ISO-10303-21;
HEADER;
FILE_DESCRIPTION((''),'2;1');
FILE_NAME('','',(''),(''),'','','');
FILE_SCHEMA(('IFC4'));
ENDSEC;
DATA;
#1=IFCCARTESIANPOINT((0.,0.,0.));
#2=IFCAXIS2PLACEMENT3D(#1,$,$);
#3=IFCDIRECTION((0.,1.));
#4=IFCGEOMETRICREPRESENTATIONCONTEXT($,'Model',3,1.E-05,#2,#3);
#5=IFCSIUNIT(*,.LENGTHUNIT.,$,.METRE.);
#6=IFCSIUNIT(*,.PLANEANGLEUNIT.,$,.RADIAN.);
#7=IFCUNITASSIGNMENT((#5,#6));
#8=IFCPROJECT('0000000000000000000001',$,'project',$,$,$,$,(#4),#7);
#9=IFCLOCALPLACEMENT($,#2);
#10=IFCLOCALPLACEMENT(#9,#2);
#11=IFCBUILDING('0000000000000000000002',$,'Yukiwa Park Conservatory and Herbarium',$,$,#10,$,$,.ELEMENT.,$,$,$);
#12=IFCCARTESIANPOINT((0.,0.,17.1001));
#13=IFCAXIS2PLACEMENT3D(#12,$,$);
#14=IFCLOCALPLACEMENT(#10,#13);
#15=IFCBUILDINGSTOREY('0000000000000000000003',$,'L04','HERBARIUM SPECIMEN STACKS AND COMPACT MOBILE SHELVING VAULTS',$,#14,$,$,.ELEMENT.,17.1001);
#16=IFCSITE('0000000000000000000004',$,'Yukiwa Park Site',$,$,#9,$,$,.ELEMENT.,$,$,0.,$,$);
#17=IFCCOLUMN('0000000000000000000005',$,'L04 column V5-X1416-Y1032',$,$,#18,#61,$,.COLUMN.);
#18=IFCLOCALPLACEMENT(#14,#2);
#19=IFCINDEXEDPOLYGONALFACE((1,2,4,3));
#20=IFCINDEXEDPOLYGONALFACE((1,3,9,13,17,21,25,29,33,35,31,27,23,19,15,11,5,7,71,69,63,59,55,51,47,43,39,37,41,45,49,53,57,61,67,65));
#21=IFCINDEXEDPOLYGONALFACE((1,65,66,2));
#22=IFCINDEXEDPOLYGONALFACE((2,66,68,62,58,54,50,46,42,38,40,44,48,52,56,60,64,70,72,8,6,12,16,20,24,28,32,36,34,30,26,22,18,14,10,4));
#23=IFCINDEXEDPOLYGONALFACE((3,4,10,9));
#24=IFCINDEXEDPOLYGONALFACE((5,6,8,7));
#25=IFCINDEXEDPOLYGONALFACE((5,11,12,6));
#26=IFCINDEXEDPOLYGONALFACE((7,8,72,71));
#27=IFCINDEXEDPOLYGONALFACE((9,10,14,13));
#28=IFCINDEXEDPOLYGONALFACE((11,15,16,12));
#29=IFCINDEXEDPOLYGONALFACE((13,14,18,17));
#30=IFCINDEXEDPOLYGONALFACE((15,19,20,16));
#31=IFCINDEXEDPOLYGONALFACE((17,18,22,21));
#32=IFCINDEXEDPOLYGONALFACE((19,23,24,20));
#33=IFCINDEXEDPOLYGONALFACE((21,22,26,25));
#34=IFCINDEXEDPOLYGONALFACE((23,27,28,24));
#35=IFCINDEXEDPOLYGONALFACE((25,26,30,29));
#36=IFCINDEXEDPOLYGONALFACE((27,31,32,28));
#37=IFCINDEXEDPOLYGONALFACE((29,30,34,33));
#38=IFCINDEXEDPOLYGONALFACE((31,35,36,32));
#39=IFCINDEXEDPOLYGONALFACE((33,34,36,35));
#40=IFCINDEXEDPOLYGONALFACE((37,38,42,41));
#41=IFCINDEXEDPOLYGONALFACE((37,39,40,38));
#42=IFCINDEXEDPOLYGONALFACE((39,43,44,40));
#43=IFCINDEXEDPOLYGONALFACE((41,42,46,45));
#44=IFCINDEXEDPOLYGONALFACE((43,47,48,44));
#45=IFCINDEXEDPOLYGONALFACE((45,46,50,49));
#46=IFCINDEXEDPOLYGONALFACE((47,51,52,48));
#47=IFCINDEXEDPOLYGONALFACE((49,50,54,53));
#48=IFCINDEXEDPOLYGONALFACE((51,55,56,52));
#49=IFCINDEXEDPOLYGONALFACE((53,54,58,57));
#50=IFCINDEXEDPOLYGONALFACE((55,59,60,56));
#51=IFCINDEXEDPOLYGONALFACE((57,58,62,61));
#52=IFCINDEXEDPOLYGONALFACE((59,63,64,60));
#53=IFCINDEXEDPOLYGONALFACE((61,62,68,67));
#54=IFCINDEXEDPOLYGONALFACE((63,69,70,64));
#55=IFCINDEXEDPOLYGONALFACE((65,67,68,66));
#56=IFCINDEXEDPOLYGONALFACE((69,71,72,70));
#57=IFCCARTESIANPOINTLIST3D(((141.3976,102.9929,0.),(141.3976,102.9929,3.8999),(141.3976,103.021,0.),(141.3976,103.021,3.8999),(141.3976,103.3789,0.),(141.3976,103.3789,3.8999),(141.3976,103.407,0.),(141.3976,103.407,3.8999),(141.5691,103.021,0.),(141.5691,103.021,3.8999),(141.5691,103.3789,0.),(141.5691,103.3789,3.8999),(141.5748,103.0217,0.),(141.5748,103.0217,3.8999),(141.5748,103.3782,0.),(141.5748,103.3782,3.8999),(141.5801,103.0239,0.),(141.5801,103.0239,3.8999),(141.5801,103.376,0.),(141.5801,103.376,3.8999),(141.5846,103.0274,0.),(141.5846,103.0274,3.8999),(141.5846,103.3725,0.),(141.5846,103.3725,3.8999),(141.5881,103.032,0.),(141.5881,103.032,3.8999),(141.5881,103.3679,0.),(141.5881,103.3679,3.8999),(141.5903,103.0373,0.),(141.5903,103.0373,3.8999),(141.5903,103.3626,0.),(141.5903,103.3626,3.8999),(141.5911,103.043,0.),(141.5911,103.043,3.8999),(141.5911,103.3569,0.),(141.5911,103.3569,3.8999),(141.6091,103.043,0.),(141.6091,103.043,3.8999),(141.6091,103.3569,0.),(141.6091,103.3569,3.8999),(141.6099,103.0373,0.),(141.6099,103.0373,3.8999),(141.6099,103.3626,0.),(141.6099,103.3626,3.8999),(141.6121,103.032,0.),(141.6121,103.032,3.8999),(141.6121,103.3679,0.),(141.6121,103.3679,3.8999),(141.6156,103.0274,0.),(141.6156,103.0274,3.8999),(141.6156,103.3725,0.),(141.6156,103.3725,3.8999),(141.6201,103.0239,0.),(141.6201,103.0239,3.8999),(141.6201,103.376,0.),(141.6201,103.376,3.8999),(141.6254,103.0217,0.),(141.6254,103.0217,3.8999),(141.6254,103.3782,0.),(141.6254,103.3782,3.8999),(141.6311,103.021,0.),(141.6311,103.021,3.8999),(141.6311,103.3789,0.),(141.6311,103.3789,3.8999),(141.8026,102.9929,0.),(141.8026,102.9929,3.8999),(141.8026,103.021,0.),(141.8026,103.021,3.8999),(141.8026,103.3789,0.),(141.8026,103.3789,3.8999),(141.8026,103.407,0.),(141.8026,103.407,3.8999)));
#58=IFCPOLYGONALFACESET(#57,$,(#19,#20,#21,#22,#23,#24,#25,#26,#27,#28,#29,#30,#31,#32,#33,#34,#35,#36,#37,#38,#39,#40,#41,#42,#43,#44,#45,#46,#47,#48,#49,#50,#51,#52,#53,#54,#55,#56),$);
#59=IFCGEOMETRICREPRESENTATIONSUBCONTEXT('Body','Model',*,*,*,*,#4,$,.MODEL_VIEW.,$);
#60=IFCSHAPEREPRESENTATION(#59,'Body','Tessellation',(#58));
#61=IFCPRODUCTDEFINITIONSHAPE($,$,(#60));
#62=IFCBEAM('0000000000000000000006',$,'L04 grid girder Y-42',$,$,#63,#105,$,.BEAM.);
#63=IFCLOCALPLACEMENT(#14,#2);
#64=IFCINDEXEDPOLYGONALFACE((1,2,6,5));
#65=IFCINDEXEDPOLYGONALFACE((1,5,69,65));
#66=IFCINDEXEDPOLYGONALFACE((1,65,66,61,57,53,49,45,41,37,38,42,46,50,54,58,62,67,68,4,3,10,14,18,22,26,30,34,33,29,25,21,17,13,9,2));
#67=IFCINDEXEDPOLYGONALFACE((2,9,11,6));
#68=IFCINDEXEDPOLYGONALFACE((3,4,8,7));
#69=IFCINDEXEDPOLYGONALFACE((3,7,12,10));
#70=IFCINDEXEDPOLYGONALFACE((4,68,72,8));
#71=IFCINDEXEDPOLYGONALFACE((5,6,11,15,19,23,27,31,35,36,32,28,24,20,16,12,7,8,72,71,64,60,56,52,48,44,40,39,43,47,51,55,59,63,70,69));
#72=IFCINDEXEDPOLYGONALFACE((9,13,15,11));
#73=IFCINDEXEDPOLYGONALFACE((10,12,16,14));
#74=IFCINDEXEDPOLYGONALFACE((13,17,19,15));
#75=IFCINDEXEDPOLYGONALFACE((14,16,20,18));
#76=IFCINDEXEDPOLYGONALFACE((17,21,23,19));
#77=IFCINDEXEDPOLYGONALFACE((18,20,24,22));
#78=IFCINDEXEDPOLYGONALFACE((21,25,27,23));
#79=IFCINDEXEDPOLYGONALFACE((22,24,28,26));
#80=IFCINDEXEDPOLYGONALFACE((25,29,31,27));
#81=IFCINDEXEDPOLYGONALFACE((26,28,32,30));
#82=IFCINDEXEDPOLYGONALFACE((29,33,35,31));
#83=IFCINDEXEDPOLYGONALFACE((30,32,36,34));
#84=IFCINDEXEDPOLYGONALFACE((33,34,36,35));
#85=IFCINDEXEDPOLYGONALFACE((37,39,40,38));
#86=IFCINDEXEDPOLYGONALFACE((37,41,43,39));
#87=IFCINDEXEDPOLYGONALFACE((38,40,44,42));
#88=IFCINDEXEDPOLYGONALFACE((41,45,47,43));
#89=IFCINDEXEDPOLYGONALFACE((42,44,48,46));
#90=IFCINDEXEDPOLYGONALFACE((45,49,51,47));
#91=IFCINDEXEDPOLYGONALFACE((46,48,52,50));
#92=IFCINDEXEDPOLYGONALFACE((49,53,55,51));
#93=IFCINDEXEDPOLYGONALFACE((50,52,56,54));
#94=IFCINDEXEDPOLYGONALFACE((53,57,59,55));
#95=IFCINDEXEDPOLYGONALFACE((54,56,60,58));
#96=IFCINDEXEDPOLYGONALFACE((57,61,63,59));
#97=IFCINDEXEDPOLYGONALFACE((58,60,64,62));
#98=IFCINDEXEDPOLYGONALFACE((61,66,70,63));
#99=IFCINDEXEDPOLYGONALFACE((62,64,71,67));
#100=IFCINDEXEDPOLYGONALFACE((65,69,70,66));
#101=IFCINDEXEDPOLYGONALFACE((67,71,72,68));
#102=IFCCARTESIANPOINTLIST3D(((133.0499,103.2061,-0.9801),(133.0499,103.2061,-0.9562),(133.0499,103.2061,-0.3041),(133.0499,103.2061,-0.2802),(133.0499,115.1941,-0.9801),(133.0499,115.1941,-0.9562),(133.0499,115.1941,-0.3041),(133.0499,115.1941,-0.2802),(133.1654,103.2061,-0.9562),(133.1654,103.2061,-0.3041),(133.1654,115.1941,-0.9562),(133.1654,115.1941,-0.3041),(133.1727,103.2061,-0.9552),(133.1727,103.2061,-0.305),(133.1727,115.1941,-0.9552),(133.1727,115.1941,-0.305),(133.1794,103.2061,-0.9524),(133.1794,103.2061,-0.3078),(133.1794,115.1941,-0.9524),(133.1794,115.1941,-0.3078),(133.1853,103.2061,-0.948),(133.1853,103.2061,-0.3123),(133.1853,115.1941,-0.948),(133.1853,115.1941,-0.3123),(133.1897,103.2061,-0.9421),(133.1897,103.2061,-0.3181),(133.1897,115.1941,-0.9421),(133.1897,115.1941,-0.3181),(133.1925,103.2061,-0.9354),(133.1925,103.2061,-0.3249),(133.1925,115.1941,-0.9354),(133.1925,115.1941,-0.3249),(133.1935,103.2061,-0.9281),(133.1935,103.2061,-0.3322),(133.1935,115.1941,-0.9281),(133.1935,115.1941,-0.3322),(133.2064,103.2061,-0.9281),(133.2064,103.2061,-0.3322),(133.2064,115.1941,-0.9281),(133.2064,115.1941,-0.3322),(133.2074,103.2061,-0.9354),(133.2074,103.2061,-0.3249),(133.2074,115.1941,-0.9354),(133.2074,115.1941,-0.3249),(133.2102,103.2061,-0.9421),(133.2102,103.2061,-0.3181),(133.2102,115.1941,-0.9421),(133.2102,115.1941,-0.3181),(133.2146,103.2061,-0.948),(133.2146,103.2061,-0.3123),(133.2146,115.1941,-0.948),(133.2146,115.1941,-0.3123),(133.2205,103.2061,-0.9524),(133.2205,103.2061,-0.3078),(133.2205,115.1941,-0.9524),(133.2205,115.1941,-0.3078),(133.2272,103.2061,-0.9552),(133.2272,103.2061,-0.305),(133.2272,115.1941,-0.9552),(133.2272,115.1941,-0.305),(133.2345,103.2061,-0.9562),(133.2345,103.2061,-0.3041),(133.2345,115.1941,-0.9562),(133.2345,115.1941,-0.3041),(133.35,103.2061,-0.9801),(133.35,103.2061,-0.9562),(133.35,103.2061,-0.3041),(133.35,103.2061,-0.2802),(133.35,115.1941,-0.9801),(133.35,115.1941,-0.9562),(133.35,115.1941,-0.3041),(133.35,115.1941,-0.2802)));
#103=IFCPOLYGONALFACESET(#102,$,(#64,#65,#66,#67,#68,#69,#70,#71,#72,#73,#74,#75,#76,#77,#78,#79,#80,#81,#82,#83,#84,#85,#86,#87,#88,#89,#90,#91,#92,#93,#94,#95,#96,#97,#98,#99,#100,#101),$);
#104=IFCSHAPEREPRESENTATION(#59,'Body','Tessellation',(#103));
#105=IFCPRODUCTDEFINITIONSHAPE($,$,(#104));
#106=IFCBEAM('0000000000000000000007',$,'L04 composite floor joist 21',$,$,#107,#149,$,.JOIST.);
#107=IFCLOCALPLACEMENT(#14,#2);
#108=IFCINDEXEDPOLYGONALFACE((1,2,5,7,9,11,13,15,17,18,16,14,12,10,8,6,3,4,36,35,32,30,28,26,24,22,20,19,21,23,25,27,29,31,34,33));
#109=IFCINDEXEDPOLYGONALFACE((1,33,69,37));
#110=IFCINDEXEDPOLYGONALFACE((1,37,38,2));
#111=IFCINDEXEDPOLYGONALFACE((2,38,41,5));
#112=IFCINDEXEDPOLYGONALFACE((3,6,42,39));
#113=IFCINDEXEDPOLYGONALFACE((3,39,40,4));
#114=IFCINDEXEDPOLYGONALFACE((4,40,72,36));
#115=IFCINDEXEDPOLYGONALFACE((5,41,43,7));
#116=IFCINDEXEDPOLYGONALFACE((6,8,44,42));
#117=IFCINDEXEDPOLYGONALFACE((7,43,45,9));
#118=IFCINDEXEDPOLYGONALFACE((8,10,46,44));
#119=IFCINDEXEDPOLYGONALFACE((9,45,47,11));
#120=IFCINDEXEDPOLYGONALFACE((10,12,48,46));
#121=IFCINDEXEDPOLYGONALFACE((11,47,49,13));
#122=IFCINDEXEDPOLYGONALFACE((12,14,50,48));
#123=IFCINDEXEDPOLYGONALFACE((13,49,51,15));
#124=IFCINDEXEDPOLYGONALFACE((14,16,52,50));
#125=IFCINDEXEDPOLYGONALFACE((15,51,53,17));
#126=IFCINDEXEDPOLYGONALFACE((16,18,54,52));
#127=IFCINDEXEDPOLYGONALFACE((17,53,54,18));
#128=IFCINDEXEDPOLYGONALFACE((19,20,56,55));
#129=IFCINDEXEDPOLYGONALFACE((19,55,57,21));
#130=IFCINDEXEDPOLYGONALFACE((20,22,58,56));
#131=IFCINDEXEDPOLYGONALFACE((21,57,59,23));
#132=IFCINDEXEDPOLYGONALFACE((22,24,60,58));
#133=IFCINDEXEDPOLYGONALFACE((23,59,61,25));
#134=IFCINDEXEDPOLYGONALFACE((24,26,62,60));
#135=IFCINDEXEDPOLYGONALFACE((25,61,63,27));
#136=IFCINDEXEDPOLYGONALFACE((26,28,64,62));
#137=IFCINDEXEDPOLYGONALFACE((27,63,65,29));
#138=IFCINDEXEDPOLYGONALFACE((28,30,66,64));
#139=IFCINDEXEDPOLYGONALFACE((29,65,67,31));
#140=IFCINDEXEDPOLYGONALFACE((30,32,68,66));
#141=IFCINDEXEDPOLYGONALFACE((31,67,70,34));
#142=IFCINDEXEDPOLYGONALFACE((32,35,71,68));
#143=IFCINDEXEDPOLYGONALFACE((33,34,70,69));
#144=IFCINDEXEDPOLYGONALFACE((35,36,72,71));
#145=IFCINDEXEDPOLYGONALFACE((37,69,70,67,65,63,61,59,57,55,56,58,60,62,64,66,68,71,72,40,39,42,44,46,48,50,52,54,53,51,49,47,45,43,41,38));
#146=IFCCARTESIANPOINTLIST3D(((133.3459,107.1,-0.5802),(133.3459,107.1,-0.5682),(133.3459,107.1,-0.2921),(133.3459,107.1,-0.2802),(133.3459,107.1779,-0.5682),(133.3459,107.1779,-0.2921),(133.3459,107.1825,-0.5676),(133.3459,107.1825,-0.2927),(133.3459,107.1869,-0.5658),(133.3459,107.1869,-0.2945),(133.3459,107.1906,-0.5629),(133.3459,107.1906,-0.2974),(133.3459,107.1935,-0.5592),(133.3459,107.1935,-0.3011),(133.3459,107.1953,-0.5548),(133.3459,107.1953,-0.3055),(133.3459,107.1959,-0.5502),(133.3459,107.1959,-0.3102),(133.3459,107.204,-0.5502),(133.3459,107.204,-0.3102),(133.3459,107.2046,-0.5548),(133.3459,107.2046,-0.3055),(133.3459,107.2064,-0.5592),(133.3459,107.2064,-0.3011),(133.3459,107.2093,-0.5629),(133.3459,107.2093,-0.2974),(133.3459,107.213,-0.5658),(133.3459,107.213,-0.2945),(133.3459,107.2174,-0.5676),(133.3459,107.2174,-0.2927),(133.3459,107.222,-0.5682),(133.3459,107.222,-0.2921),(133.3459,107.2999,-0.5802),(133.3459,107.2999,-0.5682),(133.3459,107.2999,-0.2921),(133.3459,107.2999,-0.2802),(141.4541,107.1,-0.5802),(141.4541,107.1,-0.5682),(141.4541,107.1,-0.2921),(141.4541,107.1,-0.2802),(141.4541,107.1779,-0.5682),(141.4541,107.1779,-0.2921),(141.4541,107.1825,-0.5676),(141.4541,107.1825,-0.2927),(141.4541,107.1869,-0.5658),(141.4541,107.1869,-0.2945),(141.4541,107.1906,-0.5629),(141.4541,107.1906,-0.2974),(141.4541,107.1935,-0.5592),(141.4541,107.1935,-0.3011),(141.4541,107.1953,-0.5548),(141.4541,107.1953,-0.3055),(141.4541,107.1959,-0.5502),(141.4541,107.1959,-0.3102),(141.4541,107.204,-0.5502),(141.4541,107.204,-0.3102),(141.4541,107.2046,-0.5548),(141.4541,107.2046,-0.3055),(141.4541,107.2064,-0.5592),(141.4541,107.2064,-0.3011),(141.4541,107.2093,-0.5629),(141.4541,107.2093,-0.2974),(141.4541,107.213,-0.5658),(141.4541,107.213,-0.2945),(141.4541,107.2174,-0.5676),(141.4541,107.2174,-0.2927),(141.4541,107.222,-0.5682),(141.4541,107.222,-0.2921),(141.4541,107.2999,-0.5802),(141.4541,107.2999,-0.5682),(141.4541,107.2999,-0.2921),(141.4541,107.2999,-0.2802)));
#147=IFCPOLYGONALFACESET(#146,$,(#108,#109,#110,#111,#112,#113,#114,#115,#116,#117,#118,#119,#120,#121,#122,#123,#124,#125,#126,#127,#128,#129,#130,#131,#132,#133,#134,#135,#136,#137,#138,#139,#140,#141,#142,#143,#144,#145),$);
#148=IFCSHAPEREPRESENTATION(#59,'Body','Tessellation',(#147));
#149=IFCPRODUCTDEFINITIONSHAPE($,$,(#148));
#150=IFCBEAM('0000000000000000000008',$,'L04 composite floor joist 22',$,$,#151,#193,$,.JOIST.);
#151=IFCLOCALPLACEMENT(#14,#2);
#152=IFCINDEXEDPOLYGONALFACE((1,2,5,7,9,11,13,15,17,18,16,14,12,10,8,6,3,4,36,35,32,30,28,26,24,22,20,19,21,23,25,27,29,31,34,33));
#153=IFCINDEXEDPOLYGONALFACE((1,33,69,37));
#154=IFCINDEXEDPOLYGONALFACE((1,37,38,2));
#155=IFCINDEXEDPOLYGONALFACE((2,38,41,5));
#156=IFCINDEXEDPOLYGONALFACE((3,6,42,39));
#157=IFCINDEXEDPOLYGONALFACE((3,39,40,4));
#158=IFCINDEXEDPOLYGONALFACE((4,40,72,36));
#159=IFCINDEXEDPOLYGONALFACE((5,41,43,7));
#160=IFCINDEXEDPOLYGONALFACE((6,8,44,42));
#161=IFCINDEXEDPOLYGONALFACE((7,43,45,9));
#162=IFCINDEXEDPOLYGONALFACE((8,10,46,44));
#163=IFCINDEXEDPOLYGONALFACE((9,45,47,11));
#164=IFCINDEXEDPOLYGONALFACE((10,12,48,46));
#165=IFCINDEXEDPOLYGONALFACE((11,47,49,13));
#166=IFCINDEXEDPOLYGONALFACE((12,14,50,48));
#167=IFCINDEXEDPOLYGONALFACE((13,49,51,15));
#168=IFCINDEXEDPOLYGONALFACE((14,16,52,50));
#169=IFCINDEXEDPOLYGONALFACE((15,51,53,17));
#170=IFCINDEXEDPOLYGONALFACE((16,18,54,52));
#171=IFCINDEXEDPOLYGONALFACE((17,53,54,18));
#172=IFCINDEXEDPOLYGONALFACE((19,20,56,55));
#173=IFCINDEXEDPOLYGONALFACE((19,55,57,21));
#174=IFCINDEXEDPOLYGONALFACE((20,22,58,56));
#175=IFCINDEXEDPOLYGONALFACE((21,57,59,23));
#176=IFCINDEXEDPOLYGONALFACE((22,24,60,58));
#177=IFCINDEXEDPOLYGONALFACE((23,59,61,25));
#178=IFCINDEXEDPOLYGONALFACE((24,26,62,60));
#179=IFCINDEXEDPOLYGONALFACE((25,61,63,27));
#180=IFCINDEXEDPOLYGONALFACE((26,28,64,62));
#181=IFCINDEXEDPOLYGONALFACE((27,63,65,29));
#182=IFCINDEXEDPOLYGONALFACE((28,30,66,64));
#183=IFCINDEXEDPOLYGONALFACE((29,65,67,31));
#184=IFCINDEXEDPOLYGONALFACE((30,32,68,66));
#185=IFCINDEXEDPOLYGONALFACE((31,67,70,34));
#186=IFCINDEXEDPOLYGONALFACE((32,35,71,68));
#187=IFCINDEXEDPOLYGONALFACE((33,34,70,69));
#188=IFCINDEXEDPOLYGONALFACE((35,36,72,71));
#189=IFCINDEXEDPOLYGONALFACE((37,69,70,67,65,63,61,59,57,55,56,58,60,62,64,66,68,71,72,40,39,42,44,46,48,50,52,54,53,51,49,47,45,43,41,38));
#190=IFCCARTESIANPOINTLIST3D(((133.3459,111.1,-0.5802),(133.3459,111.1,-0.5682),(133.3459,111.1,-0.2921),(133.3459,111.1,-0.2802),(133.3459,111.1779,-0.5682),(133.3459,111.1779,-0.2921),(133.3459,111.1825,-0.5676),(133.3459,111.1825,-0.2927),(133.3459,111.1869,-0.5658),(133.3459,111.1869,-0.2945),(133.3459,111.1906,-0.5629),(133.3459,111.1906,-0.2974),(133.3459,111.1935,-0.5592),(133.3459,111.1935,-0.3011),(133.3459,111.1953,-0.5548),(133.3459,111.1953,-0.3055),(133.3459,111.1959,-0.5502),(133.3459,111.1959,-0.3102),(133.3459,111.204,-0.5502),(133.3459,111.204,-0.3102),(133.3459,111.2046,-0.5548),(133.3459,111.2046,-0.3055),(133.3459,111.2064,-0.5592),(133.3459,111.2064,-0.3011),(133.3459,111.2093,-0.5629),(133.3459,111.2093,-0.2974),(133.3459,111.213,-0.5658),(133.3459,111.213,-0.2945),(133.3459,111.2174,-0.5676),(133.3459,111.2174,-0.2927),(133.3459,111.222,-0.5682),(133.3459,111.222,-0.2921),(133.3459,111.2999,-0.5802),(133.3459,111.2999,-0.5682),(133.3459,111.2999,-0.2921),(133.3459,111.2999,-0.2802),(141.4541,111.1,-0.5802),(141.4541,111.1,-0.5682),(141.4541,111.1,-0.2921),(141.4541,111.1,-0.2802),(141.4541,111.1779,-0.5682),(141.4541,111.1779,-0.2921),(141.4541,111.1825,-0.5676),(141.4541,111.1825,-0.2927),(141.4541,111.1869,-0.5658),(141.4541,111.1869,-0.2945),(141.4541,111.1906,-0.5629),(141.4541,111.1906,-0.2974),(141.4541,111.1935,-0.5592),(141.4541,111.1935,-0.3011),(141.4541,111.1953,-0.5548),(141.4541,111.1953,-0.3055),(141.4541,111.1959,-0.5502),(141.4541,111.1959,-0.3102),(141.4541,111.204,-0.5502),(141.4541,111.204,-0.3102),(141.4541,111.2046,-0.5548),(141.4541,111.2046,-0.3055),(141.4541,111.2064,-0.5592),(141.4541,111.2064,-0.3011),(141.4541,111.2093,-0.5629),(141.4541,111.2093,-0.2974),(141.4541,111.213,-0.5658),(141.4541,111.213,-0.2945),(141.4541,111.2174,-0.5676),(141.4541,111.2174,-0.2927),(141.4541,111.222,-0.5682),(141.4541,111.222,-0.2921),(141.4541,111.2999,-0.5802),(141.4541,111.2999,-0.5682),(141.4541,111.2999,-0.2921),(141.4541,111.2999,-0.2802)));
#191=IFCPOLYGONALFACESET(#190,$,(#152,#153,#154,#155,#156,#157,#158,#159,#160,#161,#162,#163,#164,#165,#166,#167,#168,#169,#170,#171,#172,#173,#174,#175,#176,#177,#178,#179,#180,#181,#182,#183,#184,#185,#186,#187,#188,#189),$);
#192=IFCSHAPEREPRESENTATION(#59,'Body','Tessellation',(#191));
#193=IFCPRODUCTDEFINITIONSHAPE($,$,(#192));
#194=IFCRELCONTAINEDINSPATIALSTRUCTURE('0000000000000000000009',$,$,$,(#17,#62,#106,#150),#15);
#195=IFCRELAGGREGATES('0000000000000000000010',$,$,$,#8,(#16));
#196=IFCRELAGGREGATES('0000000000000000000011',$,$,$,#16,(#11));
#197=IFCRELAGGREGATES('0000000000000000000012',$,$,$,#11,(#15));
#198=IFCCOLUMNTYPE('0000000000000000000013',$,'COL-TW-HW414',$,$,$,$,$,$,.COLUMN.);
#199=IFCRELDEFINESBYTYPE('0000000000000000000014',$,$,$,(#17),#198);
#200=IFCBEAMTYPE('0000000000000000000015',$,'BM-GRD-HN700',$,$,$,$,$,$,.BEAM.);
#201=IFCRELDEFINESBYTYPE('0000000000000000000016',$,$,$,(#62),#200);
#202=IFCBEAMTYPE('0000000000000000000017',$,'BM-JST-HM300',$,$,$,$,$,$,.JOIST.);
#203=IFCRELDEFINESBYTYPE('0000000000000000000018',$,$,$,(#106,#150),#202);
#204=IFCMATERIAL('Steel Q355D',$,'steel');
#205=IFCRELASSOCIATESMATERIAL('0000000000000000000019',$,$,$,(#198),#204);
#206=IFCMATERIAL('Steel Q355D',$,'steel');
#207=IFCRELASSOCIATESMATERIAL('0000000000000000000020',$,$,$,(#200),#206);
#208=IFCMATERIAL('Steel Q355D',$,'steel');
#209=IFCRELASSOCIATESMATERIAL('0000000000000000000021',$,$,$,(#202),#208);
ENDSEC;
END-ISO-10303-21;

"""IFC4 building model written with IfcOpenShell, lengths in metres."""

from ifc_helpers import new_model, si_unit, direction, frame, origin, origin_2d, place, context, subcontext, project, spatial, i_section, extrude, material, material_profile, profile_set, type_object, element, save


model = new_model("IFC4")

# Units and contexts
model_context = context("Model", 3, precision=1e-05, world=origin(), true_north=direction((0.0, 1.0)))
body_context = subcontext(model_context, "Body", "Model", "MODEL_VIEW")
ifc_project = project(units=[si_unit("LENGTHUNIT", "METRE"), si_unit("PLANEANGLEUNIT", "RADIAN")], contexts=[model_context])

# Site, building, storey
site_placement = place(None, origin())
site = spatial("IfcSite", under=ifc_project, at=site_placement, Name="Yukiwa Park Site", CompositionType="ELEMENT", RefElevation=0.0)
building_placement = place(site_placement, origin())
building = spatial("IfcBuilding", under=site, at=building_placement, Name="Yukiwa Park Conservatory and Herbarium", CompositionType="ELEMENT")
storey_placement = place(building_placement, frame((0.0, 0.0, 17.1001)))
storey = spatial("IfcBuildingStorey", under=building, at=storey_placement, Name="L04", Description="HERBARIUM SPECIMEN STACKS AND COMPACT MOBILE SHELVING VAULTS", CompositionType="ELEMENT", Elevation=17.1001)

# Column
ifc_material_1 = material(Name="Steel Q355D", Category="steel")
ifc_material_profile_1 = material_profile(ifc_material_1, i_section(OverallWidth=0.405, OverallDepth=0.4141, WebThickness=0.0181, FlangeThickness=0.0281, FilletRadius=0.022, at=origin_2d()), Name="HW 414x405x18x28")
ifc_profile_set_1 = profile_set([ifc_material_profile_1], Name="Steel Q355D")
column_type_1 = type_object("IfcColumnType", Name="COL-TW-HW414", PredefinedType="COLUMN", material=ifc_profile_set_1)
for number, where, z_axis, x_axis, name in (
    (1, (141.6001, 103.2, 0.0), (0.0, 0.0, 1.0), (1.0, 0.0, 0.0), "L04 column V5-X1416-Y1032"),
):
    element("IfcColumn", number, at=place(storey_placement, frame(where, z_axis=z_axis, x_axis=x_axis)), inside=storey, type_object=column_type_1, Name=name, PredefinedType="COLUMN", context=body_context, shape_type="SweptSolid", body=[
        extrude(i_section(OverallWidth=0.405, OverallDepth=0.4141, WebThickness=0.0181, FlangeThickness=0.0281, FilletRadius=0.022, at=origin_2d()), origin(), (0.0, 0.0, 1.0), 3.8999),
    ])

# Beams
ifc_material_2 = material(Name="Steel Q355D", Category="steel")
ifc_material_profile_2 = material_profile(ifc_material_2, i_section(OverallWidth=0.3, OverallDepth=0.7, WebThickness=0.0129, FlangeThickness=0.0239, FilletRadius=0.0281, at=origin_2d()), Name="HN 700x300x13x24")
ifc_profile_set_2 = profile_set([ifc_material_profile_2], Name="Steel Q355D")
beam_type_1 = type_object("IfcBeamType", Name="BM-GRD-HN700", PredefinedType="BEAM", material=ifc_profile_set_2)
beam_placement = place(storey_placement, frame((133.2, 103.2061, -0.6301), z_axis=(0.0, 1.0, 0.0), x_axis=(-1.0, 0.0, 0.0)))
element("IfcBeam", 2, at=beam_placement, inside=storey, type_object=beam_type_1, Name="L04 grid girder Y-42", PredefinedType="BEAM", context=body_context, shape_type="SweptSolid", body=[
    extrude(i_section(OverallWidth=0.3, OverallDepth=0.7, WebThickness=0.0129, FlangeThickness=0.0239, FilletRadius=0.0281, at=origin_2d()), origin(), (0.0, 0.0, 1.0), 11.988),
])
ifc_material_3 = material(Name="Steel Q355D", Category="steel")
ifc_material_profile_3 = material_profile(ifc_material_3, i_section(OverallWidth=0.2, OverallDepth=0.3, WebThickness=0.0081, FlangeThickness=0.012, FilletRadius=0.0181, at=origin_2d()), Name="HM 300x200x8x12")
ifc_profile_set_3 = profile_set([ifc_material_profile_3], Name="Steel Q355D")
beam_type_2 = type_object("IfcBeamType", Name="BM-JST-HM300", PredefinedType="JOIST", material=ifc_profile_set_3)
for number, where, z_axis, x_axis, name in (
    (3, (133.3459, 107.2, -0.4302), (1.0, 0.0, 0.0), (0.0, 1.0, 0.0), "L04 composite floor joist 21"),
    (4, (133.3459, 111.2, -0.4302), (1.0, 0.0, 0.0), (0.0, 1.0, 0.0), "L04 composite floor joist 22"),
):
    element("IfcBeam", number, at=place(storey_placement, frame(where, z_axis=z_axis, x_axis=x_axis)), inside=storey, type_object=beam_type_2, Name=name, PredefinedType="JOIST", context=body_context, shape_type="SweptSolid", body=[
        extrude(i_section(OverallWidth=0.2, OverallDepth=0.3, WebThickness=0.0081, FlangeThickness=0.012, FilletRadius=0.0181, at=origin_2d()), origin(), (0.0, 0.0, 1.0), 8.1082),
    ])

save(model, "model.ifc")
